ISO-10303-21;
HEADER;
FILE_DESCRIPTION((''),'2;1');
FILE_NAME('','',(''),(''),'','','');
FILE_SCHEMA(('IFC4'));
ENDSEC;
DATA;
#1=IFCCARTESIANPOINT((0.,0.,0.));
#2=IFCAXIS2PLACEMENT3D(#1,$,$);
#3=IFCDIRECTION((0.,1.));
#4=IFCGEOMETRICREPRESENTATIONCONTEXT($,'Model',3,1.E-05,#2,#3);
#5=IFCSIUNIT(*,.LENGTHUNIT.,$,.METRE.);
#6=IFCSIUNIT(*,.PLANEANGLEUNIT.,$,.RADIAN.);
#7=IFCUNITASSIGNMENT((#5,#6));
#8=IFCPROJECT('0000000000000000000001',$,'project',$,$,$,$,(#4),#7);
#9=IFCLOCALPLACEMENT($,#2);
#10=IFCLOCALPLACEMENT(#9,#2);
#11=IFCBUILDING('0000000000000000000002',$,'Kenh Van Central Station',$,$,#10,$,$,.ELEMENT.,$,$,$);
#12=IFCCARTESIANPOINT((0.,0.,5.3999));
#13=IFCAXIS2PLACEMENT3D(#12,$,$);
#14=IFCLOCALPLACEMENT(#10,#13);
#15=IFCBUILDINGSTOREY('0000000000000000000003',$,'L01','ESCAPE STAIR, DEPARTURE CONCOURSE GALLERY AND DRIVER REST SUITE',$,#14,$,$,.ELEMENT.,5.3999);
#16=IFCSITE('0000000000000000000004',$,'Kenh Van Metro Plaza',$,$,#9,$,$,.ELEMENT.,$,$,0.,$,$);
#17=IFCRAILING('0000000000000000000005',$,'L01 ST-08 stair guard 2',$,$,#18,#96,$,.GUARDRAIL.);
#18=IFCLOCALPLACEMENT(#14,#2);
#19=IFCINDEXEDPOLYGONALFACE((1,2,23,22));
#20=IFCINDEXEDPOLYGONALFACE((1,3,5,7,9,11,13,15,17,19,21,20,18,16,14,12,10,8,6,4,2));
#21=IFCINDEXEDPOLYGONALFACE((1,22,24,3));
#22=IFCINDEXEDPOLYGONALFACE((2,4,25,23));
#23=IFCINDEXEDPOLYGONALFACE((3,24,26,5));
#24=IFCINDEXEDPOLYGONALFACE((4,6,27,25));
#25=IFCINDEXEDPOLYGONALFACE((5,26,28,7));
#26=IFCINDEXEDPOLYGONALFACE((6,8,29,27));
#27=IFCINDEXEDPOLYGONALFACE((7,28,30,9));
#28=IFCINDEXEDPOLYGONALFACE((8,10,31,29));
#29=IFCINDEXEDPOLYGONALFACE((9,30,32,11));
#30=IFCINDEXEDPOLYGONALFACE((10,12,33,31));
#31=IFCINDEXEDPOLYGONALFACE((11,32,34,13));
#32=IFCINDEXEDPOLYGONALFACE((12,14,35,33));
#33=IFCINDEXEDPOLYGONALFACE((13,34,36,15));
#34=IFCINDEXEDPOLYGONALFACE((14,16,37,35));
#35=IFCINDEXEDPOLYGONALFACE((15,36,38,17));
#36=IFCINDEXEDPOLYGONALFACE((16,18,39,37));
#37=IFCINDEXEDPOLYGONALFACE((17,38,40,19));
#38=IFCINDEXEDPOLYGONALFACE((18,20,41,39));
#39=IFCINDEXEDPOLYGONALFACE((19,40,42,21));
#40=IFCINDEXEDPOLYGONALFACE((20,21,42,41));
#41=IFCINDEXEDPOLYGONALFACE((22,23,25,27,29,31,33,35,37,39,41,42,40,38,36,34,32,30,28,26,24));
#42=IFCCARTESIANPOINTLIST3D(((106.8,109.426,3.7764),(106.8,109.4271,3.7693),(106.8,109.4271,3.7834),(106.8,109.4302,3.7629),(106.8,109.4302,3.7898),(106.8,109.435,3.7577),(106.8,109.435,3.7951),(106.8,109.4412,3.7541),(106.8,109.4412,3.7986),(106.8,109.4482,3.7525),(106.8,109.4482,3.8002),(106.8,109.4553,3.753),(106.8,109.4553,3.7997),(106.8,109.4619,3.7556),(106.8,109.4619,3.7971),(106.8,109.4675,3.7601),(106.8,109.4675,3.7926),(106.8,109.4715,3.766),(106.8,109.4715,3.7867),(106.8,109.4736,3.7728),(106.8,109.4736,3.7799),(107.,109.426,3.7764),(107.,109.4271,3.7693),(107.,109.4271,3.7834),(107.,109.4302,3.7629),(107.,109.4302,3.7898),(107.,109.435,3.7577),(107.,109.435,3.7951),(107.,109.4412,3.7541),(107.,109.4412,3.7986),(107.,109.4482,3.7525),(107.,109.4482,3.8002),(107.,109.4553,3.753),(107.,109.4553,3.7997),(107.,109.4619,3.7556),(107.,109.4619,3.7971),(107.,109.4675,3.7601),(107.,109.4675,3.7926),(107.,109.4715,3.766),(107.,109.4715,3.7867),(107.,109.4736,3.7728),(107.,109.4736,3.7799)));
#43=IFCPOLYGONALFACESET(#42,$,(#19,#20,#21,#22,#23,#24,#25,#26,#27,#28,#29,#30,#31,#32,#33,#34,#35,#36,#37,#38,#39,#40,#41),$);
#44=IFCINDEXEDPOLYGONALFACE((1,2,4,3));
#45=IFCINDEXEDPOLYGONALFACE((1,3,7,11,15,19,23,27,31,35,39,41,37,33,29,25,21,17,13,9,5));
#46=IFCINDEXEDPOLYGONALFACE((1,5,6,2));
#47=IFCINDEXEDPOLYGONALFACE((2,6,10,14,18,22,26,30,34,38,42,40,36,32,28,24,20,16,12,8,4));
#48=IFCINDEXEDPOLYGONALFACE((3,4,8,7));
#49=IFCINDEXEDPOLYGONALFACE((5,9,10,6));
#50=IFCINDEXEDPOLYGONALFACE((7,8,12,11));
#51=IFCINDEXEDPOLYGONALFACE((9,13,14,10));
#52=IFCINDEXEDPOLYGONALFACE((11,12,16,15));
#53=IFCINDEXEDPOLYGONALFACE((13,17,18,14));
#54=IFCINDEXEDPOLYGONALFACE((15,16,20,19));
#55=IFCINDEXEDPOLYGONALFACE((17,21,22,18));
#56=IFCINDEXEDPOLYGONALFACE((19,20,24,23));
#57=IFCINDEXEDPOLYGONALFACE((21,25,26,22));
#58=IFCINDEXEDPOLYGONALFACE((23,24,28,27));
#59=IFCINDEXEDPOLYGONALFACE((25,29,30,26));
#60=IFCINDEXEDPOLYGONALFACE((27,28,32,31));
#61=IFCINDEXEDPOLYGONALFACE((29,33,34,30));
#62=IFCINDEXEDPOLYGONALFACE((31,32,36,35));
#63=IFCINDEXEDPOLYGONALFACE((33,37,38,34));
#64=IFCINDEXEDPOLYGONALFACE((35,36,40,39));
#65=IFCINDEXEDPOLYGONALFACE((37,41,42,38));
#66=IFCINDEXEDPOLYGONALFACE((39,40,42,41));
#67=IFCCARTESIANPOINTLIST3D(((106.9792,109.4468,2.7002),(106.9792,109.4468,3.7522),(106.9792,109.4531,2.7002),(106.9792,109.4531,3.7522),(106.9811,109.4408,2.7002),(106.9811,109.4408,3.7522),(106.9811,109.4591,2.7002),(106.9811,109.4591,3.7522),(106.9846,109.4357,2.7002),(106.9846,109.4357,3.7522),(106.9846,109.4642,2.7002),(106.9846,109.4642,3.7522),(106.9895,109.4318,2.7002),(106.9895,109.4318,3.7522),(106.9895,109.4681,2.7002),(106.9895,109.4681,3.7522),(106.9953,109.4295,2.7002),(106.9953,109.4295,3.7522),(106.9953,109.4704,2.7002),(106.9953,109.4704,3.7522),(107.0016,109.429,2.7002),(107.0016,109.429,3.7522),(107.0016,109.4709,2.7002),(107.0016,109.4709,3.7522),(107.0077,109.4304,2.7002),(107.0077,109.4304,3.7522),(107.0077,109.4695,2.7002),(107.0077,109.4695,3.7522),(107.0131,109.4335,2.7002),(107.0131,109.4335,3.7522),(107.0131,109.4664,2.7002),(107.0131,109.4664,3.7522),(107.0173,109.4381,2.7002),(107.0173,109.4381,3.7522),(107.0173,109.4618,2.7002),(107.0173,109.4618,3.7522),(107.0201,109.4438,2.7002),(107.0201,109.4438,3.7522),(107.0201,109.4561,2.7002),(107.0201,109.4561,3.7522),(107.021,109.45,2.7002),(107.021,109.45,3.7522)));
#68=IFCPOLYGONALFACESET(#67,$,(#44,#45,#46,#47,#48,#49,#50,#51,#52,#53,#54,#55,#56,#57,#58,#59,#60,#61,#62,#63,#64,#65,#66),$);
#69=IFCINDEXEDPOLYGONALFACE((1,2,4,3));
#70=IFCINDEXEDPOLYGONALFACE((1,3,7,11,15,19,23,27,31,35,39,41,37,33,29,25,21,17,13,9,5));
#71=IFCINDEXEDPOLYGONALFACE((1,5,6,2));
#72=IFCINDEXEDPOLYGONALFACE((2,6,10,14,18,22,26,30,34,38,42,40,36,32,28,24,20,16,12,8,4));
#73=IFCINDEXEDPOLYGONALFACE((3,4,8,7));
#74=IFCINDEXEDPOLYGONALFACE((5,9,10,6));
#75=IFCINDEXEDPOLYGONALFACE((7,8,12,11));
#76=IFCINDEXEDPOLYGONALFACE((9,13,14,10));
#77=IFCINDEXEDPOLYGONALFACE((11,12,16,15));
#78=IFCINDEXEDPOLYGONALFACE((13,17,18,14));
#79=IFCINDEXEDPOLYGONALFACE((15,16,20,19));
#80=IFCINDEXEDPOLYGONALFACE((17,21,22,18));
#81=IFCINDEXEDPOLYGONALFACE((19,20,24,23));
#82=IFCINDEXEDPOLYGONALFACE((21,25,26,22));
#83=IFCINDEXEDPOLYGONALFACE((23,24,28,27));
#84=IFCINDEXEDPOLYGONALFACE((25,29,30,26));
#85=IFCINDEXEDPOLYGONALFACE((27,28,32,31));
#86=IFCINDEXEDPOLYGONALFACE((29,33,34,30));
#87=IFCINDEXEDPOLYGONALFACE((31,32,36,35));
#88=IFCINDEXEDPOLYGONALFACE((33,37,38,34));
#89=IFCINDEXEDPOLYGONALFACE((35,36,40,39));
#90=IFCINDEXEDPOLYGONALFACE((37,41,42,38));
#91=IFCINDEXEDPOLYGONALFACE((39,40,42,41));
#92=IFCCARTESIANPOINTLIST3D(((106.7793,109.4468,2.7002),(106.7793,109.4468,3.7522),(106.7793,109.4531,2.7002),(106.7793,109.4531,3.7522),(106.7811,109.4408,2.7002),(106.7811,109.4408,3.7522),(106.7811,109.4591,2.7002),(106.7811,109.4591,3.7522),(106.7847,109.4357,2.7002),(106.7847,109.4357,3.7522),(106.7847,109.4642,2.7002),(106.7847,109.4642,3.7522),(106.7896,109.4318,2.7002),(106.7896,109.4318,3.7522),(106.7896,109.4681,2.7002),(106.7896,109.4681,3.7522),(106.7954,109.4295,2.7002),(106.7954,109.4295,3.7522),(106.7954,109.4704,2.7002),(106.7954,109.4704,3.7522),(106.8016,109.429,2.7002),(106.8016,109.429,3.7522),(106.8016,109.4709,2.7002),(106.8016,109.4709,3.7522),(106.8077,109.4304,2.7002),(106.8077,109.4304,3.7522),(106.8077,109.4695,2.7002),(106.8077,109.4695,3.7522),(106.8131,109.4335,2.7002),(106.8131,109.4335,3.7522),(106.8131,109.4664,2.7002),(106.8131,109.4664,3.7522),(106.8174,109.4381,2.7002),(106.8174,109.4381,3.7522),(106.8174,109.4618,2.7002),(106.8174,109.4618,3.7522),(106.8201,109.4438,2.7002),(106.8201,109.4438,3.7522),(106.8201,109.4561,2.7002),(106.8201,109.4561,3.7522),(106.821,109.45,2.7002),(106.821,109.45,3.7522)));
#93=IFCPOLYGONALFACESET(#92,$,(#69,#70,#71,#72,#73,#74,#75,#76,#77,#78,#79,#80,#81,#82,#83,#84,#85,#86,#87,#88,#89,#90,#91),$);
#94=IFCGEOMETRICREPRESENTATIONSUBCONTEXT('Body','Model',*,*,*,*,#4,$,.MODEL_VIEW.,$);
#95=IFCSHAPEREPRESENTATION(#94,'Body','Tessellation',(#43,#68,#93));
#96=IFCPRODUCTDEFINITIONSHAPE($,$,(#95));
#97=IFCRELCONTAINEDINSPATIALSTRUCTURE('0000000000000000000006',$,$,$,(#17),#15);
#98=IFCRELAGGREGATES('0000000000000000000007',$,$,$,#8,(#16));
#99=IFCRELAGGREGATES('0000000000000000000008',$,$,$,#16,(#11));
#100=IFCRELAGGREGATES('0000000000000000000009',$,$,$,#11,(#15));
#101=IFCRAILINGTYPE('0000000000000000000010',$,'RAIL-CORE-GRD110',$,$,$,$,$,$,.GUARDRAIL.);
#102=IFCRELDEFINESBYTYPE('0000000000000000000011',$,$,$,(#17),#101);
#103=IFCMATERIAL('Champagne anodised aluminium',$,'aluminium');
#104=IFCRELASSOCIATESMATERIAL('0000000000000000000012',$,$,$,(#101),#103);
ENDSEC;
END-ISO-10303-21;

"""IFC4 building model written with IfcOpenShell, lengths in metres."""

from ifc_helpers import new_model, si_unit, direction, frame, origin, origin_2d, place, context, subcontext, project, spatial, circle, extrude, material, type_object, element, save


model = new_model("IFC4")

# Units and contexts
model_context = context("Model", 3, precision=1e-05, world=origin(), true_north=direction((0.0, 1.0)))
body_context = subcontext(model_context, "Body", "Model", "MODEL_VIEW")
ifc_project = project(units=[si_unit("LENGTHUNIT", "METRE"), si_unit("PLANEANGLEUNIT", "RADIAN")], contexts=[model_context])

# Site, building, storey
site_placement = place(None, origin())
site = spatial("IfcSite", under=ifc_project, at=site_placement, Name="Kenh Van Metro Plaza", CompositionType="ELEMENT", RefElevation=0.0)
building_placement = place(site_placement, origin())
building = spatial("IfcBuilding", under=site, at=building_placement, Name="Kenh Van Central Station", CompositionType="ELEMENT")
storey_placement = place(building_placement, frame((0.0, 0.0, 5.3999)))
storey = spatial("IfcBuildingStorey", under=building, at=storey_placement, Name="L01", Description="ESCAPE STAIR, DEPARTURE CONCOURSE GALLERY AND DRIVER REST SUITE", CompositionType="ELEMENT", Elevation=5.3999)

# Railing
ifc_material_1 = material(Name="Champagne anodised aluminium", Category="aluminium")
railing_type_1 = type_object("IfcRailingType", Name="RAIL-CORE-GRD110", PredefinedType="GUARDRAIL", material=ifc_material_1)
railing_1_placement = place(storey_placement, frame((107.0, 109.45, 2.7002)))
element("IfcRailing", 1, at=railing_1_placement, inside=storey, type_object=railing_type_1, Name="L01 ST-08 stair guard 2", PredefinedType="GUARDRAIL", context=body_context, shape_type="SweptSolid", body=[
    extrude(circle(Radius=0.0239, at=origin_2d()), frame((0.0, 0.0, 1.0762), z_axis=(-1.0, 0.0, 0.0), x_axis=(0.0, -1.0, 0.0)), (0.0, 0.0, 1.0), 0.2),
    extrude(circle(Radius=0.021, at=origin_2d()), origin(), (0.0, 0.0, 1.0), 1.052),
    extrude(circle(Radius=0.021, at=origin_2d()), frame((-0.2, 0.0, 0.0)), (0.0, 0.0, 1.0), 1.052),
])

save(model, "model.ifc")
